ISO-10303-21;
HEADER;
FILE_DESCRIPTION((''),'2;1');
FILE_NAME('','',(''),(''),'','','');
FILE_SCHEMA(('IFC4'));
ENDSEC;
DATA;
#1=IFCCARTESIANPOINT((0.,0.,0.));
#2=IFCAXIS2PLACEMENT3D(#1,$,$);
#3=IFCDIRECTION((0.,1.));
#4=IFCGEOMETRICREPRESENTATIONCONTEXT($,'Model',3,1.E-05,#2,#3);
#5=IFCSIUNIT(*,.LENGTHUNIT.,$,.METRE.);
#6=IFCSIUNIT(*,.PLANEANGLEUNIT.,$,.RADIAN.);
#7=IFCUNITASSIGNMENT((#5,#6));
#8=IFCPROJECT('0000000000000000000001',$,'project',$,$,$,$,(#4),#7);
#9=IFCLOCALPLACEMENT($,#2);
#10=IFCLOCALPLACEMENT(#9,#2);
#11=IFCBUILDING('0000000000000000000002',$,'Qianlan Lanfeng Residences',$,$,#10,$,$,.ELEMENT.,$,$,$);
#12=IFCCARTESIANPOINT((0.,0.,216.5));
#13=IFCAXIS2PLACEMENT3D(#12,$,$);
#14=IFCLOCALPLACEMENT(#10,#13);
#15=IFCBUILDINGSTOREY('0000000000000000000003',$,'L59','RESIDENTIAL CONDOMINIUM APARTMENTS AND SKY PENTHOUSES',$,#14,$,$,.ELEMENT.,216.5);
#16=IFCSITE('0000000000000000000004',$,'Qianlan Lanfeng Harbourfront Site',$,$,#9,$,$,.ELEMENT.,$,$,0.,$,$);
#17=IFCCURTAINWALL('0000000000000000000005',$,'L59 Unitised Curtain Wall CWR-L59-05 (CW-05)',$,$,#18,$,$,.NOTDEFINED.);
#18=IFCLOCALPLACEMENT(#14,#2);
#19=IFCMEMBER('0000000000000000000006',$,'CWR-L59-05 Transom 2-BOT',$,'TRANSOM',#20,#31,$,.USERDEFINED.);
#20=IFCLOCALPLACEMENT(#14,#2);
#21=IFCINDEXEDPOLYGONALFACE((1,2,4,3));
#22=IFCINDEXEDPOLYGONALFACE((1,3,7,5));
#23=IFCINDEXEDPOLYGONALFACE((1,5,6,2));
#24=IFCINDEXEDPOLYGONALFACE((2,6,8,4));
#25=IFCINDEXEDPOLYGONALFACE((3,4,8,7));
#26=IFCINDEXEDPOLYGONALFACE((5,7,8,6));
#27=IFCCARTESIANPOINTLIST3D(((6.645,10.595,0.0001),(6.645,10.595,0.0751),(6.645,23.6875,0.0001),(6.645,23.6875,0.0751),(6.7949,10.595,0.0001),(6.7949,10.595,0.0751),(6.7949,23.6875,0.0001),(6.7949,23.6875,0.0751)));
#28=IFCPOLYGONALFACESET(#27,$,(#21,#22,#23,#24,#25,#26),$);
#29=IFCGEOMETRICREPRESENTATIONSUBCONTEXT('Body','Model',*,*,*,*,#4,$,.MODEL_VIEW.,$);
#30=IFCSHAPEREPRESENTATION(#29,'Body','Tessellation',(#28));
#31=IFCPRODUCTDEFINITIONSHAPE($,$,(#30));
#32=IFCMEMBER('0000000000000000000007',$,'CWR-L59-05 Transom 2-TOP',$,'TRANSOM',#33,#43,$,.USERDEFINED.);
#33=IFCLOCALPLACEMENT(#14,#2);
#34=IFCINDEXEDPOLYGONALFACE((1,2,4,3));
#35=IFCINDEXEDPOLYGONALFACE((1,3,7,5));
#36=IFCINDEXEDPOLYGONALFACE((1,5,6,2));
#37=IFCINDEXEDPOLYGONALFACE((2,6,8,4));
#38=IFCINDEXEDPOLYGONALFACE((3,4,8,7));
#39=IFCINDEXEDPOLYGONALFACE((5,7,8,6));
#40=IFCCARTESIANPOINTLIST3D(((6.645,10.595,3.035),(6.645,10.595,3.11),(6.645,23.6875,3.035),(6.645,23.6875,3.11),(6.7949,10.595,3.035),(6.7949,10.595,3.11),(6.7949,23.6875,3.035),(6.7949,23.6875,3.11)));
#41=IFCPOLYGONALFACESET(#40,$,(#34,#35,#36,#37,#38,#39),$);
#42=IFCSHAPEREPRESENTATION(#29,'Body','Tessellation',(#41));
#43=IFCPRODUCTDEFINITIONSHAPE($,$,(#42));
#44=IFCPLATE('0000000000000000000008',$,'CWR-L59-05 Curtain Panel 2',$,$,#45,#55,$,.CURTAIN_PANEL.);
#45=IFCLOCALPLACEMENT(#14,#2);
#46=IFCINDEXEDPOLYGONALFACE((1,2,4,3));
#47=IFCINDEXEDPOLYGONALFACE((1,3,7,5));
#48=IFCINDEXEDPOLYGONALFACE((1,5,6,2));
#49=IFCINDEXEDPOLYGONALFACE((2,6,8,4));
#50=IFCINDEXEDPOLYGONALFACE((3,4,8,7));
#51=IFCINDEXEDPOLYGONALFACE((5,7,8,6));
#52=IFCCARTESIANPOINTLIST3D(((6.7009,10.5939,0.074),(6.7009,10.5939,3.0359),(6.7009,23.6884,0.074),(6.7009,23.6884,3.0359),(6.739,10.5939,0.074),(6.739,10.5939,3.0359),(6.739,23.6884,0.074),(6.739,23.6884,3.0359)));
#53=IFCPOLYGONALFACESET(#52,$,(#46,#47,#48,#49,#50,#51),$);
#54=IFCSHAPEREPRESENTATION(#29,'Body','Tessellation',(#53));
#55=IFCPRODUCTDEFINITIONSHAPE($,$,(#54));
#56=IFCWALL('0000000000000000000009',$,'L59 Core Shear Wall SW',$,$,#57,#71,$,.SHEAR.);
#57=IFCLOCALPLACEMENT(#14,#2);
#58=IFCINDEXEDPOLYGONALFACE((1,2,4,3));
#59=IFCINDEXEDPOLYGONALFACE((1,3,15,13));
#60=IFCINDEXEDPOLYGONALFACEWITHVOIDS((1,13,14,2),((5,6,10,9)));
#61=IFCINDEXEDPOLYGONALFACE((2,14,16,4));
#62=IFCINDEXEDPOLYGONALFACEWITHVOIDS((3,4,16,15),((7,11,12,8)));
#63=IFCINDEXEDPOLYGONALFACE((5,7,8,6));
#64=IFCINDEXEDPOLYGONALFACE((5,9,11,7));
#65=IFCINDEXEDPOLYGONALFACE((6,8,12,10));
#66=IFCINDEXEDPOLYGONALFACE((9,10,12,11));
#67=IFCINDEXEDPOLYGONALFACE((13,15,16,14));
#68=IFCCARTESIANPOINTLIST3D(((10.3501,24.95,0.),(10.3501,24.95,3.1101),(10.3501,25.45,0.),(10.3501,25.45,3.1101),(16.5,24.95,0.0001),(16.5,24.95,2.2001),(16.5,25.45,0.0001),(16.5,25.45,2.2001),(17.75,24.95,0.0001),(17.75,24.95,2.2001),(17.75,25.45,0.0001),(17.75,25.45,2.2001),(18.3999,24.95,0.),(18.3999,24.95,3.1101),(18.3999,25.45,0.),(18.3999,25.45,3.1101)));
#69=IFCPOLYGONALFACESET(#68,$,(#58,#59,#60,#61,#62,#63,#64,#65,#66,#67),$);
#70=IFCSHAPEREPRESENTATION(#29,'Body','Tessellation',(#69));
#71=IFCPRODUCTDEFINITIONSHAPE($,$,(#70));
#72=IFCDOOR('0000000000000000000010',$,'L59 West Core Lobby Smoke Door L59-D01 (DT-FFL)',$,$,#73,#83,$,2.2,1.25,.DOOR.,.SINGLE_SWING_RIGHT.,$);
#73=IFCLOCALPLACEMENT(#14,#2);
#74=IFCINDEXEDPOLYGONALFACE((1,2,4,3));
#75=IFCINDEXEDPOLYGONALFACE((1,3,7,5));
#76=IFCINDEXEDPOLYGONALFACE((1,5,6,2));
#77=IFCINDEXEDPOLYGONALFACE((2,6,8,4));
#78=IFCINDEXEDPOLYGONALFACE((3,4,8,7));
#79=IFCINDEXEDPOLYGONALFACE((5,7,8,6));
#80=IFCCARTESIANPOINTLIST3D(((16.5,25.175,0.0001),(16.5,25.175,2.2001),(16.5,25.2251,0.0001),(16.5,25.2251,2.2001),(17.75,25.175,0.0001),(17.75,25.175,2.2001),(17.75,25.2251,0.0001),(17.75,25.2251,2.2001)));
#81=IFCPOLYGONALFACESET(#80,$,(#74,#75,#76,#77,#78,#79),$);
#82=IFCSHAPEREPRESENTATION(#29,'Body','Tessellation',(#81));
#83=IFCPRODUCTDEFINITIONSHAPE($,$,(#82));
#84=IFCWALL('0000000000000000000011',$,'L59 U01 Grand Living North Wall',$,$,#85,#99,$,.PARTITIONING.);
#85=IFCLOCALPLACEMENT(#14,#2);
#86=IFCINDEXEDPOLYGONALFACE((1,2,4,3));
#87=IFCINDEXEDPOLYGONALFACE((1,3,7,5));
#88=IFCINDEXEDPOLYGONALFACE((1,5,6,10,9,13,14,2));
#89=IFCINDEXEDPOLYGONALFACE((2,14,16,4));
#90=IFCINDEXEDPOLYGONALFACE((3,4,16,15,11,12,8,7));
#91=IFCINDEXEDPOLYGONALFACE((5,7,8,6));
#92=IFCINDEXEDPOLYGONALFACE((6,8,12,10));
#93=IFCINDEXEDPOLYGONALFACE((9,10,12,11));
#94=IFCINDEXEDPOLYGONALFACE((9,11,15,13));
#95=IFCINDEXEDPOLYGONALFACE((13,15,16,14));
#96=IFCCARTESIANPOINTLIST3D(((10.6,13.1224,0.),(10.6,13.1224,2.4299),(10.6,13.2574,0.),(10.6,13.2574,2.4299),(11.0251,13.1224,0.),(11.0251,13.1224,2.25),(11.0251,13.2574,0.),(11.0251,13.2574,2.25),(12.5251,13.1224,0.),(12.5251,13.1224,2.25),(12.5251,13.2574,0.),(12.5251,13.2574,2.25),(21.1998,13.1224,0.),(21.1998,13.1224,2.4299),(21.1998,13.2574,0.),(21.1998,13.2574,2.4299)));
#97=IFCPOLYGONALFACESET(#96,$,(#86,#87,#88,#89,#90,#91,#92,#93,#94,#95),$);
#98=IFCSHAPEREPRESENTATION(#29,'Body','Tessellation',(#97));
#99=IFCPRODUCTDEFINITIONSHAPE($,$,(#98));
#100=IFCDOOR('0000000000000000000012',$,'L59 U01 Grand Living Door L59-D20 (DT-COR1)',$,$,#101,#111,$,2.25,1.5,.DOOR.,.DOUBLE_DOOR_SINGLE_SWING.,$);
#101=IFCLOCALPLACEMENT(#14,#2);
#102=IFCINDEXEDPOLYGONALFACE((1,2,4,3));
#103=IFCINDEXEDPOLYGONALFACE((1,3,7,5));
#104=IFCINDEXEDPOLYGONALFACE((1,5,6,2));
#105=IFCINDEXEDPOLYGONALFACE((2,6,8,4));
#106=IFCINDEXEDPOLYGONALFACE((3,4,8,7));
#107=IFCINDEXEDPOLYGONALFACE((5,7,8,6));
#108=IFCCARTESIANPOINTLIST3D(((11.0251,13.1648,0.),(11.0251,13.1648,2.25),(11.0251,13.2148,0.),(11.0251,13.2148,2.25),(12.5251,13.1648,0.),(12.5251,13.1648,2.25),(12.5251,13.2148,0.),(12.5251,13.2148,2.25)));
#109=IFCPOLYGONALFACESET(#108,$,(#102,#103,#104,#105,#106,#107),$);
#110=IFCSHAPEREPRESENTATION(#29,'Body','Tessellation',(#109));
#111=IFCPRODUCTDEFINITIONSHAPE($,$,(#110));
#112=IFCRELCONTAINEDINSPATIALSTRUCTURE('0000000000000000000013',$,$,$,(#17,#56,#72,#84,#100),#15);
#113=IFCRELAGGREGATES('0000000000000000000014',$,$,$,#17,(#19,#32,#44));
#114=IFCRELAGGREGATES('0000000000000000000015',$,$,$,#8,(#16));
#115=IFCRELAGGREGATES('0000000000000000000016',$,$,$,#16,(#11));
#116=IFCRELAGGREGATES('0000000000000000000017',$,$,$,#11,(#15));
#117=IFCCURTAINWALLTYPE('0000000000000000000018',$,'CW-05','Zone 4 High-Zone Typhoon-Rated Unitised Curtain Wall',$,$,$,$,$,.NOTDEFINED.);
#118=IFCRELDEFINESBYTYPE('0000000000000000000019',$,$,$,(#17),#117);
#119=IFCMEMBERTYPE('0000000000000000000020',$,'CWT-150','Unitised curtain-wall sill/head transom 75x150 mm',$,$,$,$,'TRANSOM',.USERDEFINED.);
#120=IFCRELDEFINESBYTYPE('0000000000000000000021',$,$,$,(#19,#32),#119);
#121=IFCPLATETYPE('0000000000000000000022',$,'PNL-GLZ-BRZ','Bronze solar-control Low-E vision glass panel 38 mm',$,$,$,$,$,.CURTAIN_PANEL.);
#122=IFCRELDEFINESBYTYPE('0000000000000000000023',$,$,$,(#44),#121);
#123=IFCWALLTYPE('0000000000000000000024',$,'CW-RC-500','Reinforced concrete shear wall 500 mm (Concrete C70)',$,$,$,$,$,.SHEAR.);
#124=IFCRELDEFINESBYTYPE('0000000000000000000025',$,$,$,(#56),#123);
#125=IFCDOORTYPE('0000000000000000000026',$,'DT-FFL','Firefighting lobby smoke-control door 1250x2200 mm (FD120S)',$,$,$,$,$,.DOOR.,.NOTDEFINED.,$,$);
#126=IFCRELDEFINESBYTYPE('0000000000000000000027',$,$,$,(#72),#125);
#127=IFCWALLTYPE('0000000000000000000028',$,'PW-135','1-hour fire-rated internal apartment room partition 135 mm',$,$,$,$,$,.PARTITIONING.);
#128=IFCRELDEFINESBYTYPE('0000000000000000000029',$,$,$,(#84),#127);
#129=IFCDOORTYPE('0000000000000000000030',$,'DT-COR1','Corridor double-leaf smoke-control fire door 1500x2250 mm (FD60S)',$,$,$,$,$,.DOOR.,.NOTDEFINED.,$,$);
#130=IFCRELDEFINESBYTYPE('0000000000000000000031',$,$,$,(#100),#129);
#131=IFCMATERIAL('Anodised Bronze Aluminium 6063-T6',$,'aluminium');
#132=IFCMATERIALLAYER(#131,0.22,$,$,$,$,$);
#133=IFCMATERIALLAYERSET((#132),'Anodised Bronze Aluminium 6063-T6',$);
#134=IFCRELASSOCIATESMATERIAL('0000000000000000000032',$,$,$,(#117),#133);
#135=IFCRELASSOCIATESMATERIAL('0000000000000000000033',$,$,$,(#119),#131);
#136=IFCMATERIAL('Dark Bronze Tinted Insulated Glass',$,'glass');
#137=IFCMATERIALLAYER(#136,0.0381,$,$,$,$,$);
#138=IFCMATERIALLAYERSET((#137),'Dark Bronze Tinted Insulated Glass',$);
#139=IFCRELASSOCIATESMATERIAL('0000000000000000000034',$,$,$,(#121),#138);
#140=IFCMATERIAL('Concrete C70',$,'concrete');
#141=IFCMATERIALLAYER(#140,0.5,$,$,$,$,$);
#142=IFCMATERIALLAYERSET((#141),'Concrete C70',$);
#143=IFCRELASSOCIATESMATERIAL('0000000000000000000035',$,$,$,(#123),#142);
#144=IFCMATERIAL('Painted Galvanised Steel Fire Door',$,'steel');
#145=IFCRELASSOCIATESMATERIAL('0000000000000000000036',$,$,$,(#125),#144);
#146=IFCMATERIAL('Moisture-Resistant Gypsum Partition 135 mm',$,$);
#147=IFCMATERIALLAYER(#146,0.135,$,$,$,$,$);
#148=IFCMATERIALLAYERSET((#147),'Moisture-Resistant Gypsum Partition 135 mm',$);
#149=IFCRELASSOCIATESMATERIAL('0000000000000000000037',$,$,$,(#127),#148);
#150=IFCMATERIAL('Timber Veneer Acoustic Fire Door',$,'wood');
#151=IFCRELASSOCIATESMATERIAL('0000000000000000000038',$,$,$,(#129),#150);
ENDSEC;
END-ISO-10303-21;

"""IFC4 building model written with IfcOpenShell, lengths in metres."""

from ifc_helpers import new_model, si_unit, direction, frame, frame_2d, origin, origin_2d, place, context, subcontext, project, spatial, rectangle, extrude, source, transform, mapped, material, layer, layer_set, material_profile, profile_set, type_object, element, fill, aggregate, save


model = new_model("IFC4")

# Units and contexts
model_context = context("Model", 3, precision=1e-05, world=origin(), true_north=direction((0.0, 1.0)))
body_context = subcontext(model_context, "Body", "Model", "MODEL_VIEW")
ifc_project = project(units=[si_unit("LENGTHUNIT", "METRE"), si_unit("PLANEANGLEUNIT", "RADIAN")], contexts=[model_context])

# Site, building, storey
site_placement = place(None, origin())
site = spatial("IfcSite", under=ifc_project, at=site_placement, Name="Qianlan Lanfeng Harbourfront Site", CompositionType="ELEMENT", RefElevation=0.0)
building_placement = place(site_placement, origin())
building = spatial("IfcBuilding", under=site, at=building_placement, Name="Qianlan Lanfeng Residences", CompositionType="ELEMENT")
storey_placement = place(building_placement, frame((0.0, 0.0, 216.5)))
storey = spatial("IfcBuildingStorey", under=building, at=storey_placement, Name="L59", Description="RESIDENTIAL CONDOMINIUM APARTMENTS AND SKY PENTHOUSES", CompositionType="ELEMENT", Elevation=216.5)

# Curtain wall, members, plate
ifc_material_1 = material(Name="Anodised Bronze Aluminium 6063-T6", Category="aluminium")
ifc_layer_1 = layer(ifc_material_1, 0.22)
ifc_layer_set_1 = layer_set([ifc_layer_1], Name="Anodised Bronze Aluminium 6063-T6")
curtain_wall_type = type_object("IfcCurtainWallType", Name="CW-05", Description="Zone 4 High-Zone Typhoon-Rated Unitised Curtain Wall", PredefinedType="NOTDEFINED", material=ifc_layer_set_1)
curtain_wall_placement = place(storey_placement, origin())
curtain_wall = element("IfcCurtainWall", 1, at=curtain_wall_placement, inside=storey, type_object=curtain_wall_type, Name="L59 Unitised Curtain Wall CWR-L59-05 (CW-05)", PredefinedType="NOTDEFINED")
ifc_material_profile_1 = material_profile(ifc_material_1, rectangle(XDim=0.075, YDim=0.1499, at=origin_2d()), Name="ALU TRANSOM 75x150")
ifc_profile_set_1 = profile_set([ifc_material_profile_1], Name="Anodised Bronze Aluminium 6063-T6")
member_type_1 = type_object("IfcMemberType", Name="CWT-150", Description="Unitised curtain-wall sill/head transom 75x150 mm", ElementType="TRANSOM", PredefinedType="USERDEFINED", material=ifc_profile_set_1)
shared_shape_1 = source(origin(), body_context, "Body", "SweptSolid", [
    extrude(rectangle(XDim=0.075, YDim=0.1499, at=origin_2d()), origin(), (0.0, 0.0, 1.0), 13.0925),
])
member_1_placement = place(storey_placement, frame((6.72, 23.6875, 0.0376), z_axis=(0.0, -1.0, 0.0), x_axis=(0.0, 0.0, 1.0)))
member_1 = element("IfcMember", 2, at=member_1_placement, type_object=member_type_1, Name="CWR-L59-05 Transom 2-BOT", ObjectType="TRANSOM", PredefinedType="USERDEFINED", context=body_context, shape_type="MappedRepresentation", body=[
    mapped(shared_shape_1, transform((0.0, 0.0, 0.0), scale=1.0)),
])
member_2_placement = place(storey_placement, frame((6.72, 23.6875, 3.0725), z_axis=(0.0, -1.0, 0.0), x_axis=(0.0, 0.0, 1.0)))
member_2 = element("IfcMember", 3, at=member_2_placement, type_object=member_type_1, Name="CWR-L59-05 Transom 2-TOP", ObjectType="TRANSOM", PredefinedType="USERDEFINED", context=body_context, shape_type="MappedRepresentation", body=[
    mapped(shared_shape_1, transform((0.0, 0.0, 0.0), scale=1.0)),
])
ifc_material_2 = material(Name="Dark Bronze Tinted Insulated Glass", Category="glass")
ifc_layer_2 = layer(ifc_material_2, 0.0381)
ifc_layer_set_2 = layer_set([ifc_layer_2], Name="Dark Bronze Tinted Insulated Glass")
plate_type = type_object("IfcPlateType", Name="PNL-GLZ-BRZ", Description="Bronze solar-control Low-E vision glass panel 38 mm", PredefinedType="CURTAIN_PANEL", material=ifc_layer_set_2)
shared_shape_2 = source(origin(), body_context, "Body", "SweptSolid", [
    extrude(rectangle(XDim=13.0945, YDim=0.0381, at=origin_2d()), origin(), (0.0, 0.0, 1.0), 2.9619),
])
plate_placement = place(storey_placement, frame((6.72, 17.1411, 0.074), z_axis=(0.0, 0.0, 1.0), x_axis=(0.0, -1.0, 0.0)))
plate = element("IfcPlate", 4, at=plate_placement, type_object=plate_type, Name="CWR-L59-05 Curtain Panel 2", PredefinedType="CURTAIN_PANEL", context=body_context, shape_type="MappedRepresentation", body=[
    mapped(shared_shape_2, transform((0.0, 0.0, 0.0), scale=1.0)),
])
aggregate(curtain_wall, [member_1, member_2, plate])

# Walls, openings, doors
ifc_material_3 = material(Name="Concrete C70", Category="concrete")
ifc_layer_3 = layer(ifc_material_3, 0.5)
ifc_layer_set_3 = layer_set([ifc_layer_3], Name="Concrete C70")
wall_type_1 = type_object("IfcWallType", Name="CW-RC-500", Description="Reinforced concrete shear wall 500 mm (Concrete C70)", PredefinedType="SHEAR", material=ifc_layer_set_3)
wall_1_placement = place(storey_placement, frame((10.3501, 25.2, 0.0), z_axis=(0.0, 0.0, 1.0), x_axis=(1.0, 0.0, 0.0)))
wall_1 = element("IfcWall", 5, at=wall_1_placement, inside=storey, type_object=wall_type_1, Name="L59 Core Shear Wall SW", PredefinedType="SHEAR", context=body_context, shape_type="SweptSolid", body=[
    extrude(rectangle(XDim=8.0498, YDim=0.5, at=frame_2d((4.0249, 0.0))), origin(), (0.0, 0.0, 1.0), 3.1101),
])
opening_1_placement = place(wall_1_placement, frame((6.1499, 0.0, 0.0)))
opening_1 = element("IfcOpeningElement", 6, at=opening_1_placement, cuts=wall_1, PredefinedType="OPENING", context=body_context, shape_type="SweptSolid", body=[
    extrude(rectangle(XDim=1.25, YDim=2.2, at=frame_2d((0.625, 1.1001))), frame((0.0, 0.26, 0.0), z_axis=(0.0, -1.0, 0.0), x_axis=(1.0, 0.0, 0.0)), (0.0, 0.0, 1.0), 0.52),
])
ifc_material_4 = material(Name="Painted Galvanised Steel Fire Door", Category="steel")
door_type_1 = type_object("IfcDoorType", Name="DT-FFL", Description="Firefighting lobby smoke-control door 1250x2200 mm (FD120S)", OperationType="NOTDEFINED", PredefinedType="DOOR", material=ifc_material_4)
door_1_placement = place(opening_1_placement, frame((1.25, 0.0, 0.0), z_axis=(0.0, 0.0, 1.0), x_axis=(-1.0, 0.0, 0.0)))
door_1 = element("IfcDoor", 7, at=door_1_placement, inside=storey, type_object=door_type_1, Name="L59 West Core Lobby Smoke Door L59-D01 (DT-FFL)", OperationType="SINGLE_SWING_RIGHT", OverallHeight=2.2, OverallWidth=1.25, PredefinedType="DOOR", context=body_context, shape_type="SweptSolid", body=[
    extrude(rectangle(XDim=1.25, YDim=2.2, at=frame_2d((0.625, 1.1001))), frame((0.0, 0.0249, 0.0), z_axis=(0.0, -1.0, 0.0), x_axis=(1.0, 0.0, 0.0)), (0.0, 0.0, 1.0), 0.05),
])
fill(opening_1, door_1)
ifc_material_5 = material(Name="Moisture-Resistant Gypsum Partition 135 mm")
ifc_layer_4 = layer(ifc_material_5, 0.135)
ifc_layer_set_4 = layer_set([ifc_layer_4], Name="Moisture-Resistant Gypsum Partition 135 mm")
wall_type_2 = type_object("IfcWallType", Name="PW-135", Description="1-hour fire-rated internal apartment room partition 135 mm", PredefinedType="PARTITIONING", material=ifc_layer_set_4)
wall_2_placement = place(storey_placement, frame((10.6001, 13.1899, 0.0), z_axis=(0.0, 0.0, 1.0), x_axis=(1.0, 0.0, 0.0)))
wall_2 = element("IfcWall", 8, at=wall_2_placement, inside=storey, type_object=wall_type_2, Name="L59 U01 Grand Living North Wall", PredefinedType="PARTITIONING", context=body_context, shape_type="SweptSolid", body=[
    extrude(rectangle(XDim=10.5999, YDim=0.135, at=frame_2d((5.2998, 0.0))), origin(), (0.0, 0.0, 1.0), 2.4299),
])
opening_2_placement = place(wall_2_placement, frame((0.425, 0.0, 0.0)))
opening_2 = element("IfcOpeningElement", 9, at=opening_2_placement, cuts=wall_2, PredefinedType="OPENING", context=body_context, shape_type="SweptSolid", body=[
    extrude(rectangle(XDim=1.5, YDim=2.25, at=frame_2d((0.75, 1.125))), frame((0.0, 0.0776, 0.0), z_axis=(0.0, -1.0, 0.0), x_axis=(1.0, 0.0, 0.0)), (0.0, 0.0, 1.0), 0.155),
])
ifc_material_6 = material(Name="Timber Veneer Acoustic Fire Door", Category="wood")
door_type_2 = type_object("IfcDoorType", Name="DT-COR1", Description="Corridor double-leaf smoke-control fire door 1500x2250 mm (FD60S)", OperationType="NOTDEFINED", PredefinedType="DOOR", material=ifc_material_6)
door_2_placement = place(opening_2_placement, origin())
door_2 = element("IfcDoor", 10, at=door_2_placement, inside=storey, type_object=door_type_2, Name="L59 U01 Grand Living Door L59-D20 (DT-COR1)", OperationType="DOUBLE_DOOR_SINGLE_SWING", OverallHeight=2.25, OverallWidth=1.5, PredefinedType="DOOR", context=body_context, shape_type="SweptSolid", body=[
    extrude(rectangle(XDim=1.5, YDim=2.25, at=frame_2d((0.75, 1.125))), frame((0.0, 0.0249, 0.0), z_axis=(0.0, -1.0, 0.0), x_axis=(1.0, 0.0, 0.0)), (0.0, 0.0, 1.0), 0.05),
])
fill(opening_2, door_2)

save(model, "model.ifc")
